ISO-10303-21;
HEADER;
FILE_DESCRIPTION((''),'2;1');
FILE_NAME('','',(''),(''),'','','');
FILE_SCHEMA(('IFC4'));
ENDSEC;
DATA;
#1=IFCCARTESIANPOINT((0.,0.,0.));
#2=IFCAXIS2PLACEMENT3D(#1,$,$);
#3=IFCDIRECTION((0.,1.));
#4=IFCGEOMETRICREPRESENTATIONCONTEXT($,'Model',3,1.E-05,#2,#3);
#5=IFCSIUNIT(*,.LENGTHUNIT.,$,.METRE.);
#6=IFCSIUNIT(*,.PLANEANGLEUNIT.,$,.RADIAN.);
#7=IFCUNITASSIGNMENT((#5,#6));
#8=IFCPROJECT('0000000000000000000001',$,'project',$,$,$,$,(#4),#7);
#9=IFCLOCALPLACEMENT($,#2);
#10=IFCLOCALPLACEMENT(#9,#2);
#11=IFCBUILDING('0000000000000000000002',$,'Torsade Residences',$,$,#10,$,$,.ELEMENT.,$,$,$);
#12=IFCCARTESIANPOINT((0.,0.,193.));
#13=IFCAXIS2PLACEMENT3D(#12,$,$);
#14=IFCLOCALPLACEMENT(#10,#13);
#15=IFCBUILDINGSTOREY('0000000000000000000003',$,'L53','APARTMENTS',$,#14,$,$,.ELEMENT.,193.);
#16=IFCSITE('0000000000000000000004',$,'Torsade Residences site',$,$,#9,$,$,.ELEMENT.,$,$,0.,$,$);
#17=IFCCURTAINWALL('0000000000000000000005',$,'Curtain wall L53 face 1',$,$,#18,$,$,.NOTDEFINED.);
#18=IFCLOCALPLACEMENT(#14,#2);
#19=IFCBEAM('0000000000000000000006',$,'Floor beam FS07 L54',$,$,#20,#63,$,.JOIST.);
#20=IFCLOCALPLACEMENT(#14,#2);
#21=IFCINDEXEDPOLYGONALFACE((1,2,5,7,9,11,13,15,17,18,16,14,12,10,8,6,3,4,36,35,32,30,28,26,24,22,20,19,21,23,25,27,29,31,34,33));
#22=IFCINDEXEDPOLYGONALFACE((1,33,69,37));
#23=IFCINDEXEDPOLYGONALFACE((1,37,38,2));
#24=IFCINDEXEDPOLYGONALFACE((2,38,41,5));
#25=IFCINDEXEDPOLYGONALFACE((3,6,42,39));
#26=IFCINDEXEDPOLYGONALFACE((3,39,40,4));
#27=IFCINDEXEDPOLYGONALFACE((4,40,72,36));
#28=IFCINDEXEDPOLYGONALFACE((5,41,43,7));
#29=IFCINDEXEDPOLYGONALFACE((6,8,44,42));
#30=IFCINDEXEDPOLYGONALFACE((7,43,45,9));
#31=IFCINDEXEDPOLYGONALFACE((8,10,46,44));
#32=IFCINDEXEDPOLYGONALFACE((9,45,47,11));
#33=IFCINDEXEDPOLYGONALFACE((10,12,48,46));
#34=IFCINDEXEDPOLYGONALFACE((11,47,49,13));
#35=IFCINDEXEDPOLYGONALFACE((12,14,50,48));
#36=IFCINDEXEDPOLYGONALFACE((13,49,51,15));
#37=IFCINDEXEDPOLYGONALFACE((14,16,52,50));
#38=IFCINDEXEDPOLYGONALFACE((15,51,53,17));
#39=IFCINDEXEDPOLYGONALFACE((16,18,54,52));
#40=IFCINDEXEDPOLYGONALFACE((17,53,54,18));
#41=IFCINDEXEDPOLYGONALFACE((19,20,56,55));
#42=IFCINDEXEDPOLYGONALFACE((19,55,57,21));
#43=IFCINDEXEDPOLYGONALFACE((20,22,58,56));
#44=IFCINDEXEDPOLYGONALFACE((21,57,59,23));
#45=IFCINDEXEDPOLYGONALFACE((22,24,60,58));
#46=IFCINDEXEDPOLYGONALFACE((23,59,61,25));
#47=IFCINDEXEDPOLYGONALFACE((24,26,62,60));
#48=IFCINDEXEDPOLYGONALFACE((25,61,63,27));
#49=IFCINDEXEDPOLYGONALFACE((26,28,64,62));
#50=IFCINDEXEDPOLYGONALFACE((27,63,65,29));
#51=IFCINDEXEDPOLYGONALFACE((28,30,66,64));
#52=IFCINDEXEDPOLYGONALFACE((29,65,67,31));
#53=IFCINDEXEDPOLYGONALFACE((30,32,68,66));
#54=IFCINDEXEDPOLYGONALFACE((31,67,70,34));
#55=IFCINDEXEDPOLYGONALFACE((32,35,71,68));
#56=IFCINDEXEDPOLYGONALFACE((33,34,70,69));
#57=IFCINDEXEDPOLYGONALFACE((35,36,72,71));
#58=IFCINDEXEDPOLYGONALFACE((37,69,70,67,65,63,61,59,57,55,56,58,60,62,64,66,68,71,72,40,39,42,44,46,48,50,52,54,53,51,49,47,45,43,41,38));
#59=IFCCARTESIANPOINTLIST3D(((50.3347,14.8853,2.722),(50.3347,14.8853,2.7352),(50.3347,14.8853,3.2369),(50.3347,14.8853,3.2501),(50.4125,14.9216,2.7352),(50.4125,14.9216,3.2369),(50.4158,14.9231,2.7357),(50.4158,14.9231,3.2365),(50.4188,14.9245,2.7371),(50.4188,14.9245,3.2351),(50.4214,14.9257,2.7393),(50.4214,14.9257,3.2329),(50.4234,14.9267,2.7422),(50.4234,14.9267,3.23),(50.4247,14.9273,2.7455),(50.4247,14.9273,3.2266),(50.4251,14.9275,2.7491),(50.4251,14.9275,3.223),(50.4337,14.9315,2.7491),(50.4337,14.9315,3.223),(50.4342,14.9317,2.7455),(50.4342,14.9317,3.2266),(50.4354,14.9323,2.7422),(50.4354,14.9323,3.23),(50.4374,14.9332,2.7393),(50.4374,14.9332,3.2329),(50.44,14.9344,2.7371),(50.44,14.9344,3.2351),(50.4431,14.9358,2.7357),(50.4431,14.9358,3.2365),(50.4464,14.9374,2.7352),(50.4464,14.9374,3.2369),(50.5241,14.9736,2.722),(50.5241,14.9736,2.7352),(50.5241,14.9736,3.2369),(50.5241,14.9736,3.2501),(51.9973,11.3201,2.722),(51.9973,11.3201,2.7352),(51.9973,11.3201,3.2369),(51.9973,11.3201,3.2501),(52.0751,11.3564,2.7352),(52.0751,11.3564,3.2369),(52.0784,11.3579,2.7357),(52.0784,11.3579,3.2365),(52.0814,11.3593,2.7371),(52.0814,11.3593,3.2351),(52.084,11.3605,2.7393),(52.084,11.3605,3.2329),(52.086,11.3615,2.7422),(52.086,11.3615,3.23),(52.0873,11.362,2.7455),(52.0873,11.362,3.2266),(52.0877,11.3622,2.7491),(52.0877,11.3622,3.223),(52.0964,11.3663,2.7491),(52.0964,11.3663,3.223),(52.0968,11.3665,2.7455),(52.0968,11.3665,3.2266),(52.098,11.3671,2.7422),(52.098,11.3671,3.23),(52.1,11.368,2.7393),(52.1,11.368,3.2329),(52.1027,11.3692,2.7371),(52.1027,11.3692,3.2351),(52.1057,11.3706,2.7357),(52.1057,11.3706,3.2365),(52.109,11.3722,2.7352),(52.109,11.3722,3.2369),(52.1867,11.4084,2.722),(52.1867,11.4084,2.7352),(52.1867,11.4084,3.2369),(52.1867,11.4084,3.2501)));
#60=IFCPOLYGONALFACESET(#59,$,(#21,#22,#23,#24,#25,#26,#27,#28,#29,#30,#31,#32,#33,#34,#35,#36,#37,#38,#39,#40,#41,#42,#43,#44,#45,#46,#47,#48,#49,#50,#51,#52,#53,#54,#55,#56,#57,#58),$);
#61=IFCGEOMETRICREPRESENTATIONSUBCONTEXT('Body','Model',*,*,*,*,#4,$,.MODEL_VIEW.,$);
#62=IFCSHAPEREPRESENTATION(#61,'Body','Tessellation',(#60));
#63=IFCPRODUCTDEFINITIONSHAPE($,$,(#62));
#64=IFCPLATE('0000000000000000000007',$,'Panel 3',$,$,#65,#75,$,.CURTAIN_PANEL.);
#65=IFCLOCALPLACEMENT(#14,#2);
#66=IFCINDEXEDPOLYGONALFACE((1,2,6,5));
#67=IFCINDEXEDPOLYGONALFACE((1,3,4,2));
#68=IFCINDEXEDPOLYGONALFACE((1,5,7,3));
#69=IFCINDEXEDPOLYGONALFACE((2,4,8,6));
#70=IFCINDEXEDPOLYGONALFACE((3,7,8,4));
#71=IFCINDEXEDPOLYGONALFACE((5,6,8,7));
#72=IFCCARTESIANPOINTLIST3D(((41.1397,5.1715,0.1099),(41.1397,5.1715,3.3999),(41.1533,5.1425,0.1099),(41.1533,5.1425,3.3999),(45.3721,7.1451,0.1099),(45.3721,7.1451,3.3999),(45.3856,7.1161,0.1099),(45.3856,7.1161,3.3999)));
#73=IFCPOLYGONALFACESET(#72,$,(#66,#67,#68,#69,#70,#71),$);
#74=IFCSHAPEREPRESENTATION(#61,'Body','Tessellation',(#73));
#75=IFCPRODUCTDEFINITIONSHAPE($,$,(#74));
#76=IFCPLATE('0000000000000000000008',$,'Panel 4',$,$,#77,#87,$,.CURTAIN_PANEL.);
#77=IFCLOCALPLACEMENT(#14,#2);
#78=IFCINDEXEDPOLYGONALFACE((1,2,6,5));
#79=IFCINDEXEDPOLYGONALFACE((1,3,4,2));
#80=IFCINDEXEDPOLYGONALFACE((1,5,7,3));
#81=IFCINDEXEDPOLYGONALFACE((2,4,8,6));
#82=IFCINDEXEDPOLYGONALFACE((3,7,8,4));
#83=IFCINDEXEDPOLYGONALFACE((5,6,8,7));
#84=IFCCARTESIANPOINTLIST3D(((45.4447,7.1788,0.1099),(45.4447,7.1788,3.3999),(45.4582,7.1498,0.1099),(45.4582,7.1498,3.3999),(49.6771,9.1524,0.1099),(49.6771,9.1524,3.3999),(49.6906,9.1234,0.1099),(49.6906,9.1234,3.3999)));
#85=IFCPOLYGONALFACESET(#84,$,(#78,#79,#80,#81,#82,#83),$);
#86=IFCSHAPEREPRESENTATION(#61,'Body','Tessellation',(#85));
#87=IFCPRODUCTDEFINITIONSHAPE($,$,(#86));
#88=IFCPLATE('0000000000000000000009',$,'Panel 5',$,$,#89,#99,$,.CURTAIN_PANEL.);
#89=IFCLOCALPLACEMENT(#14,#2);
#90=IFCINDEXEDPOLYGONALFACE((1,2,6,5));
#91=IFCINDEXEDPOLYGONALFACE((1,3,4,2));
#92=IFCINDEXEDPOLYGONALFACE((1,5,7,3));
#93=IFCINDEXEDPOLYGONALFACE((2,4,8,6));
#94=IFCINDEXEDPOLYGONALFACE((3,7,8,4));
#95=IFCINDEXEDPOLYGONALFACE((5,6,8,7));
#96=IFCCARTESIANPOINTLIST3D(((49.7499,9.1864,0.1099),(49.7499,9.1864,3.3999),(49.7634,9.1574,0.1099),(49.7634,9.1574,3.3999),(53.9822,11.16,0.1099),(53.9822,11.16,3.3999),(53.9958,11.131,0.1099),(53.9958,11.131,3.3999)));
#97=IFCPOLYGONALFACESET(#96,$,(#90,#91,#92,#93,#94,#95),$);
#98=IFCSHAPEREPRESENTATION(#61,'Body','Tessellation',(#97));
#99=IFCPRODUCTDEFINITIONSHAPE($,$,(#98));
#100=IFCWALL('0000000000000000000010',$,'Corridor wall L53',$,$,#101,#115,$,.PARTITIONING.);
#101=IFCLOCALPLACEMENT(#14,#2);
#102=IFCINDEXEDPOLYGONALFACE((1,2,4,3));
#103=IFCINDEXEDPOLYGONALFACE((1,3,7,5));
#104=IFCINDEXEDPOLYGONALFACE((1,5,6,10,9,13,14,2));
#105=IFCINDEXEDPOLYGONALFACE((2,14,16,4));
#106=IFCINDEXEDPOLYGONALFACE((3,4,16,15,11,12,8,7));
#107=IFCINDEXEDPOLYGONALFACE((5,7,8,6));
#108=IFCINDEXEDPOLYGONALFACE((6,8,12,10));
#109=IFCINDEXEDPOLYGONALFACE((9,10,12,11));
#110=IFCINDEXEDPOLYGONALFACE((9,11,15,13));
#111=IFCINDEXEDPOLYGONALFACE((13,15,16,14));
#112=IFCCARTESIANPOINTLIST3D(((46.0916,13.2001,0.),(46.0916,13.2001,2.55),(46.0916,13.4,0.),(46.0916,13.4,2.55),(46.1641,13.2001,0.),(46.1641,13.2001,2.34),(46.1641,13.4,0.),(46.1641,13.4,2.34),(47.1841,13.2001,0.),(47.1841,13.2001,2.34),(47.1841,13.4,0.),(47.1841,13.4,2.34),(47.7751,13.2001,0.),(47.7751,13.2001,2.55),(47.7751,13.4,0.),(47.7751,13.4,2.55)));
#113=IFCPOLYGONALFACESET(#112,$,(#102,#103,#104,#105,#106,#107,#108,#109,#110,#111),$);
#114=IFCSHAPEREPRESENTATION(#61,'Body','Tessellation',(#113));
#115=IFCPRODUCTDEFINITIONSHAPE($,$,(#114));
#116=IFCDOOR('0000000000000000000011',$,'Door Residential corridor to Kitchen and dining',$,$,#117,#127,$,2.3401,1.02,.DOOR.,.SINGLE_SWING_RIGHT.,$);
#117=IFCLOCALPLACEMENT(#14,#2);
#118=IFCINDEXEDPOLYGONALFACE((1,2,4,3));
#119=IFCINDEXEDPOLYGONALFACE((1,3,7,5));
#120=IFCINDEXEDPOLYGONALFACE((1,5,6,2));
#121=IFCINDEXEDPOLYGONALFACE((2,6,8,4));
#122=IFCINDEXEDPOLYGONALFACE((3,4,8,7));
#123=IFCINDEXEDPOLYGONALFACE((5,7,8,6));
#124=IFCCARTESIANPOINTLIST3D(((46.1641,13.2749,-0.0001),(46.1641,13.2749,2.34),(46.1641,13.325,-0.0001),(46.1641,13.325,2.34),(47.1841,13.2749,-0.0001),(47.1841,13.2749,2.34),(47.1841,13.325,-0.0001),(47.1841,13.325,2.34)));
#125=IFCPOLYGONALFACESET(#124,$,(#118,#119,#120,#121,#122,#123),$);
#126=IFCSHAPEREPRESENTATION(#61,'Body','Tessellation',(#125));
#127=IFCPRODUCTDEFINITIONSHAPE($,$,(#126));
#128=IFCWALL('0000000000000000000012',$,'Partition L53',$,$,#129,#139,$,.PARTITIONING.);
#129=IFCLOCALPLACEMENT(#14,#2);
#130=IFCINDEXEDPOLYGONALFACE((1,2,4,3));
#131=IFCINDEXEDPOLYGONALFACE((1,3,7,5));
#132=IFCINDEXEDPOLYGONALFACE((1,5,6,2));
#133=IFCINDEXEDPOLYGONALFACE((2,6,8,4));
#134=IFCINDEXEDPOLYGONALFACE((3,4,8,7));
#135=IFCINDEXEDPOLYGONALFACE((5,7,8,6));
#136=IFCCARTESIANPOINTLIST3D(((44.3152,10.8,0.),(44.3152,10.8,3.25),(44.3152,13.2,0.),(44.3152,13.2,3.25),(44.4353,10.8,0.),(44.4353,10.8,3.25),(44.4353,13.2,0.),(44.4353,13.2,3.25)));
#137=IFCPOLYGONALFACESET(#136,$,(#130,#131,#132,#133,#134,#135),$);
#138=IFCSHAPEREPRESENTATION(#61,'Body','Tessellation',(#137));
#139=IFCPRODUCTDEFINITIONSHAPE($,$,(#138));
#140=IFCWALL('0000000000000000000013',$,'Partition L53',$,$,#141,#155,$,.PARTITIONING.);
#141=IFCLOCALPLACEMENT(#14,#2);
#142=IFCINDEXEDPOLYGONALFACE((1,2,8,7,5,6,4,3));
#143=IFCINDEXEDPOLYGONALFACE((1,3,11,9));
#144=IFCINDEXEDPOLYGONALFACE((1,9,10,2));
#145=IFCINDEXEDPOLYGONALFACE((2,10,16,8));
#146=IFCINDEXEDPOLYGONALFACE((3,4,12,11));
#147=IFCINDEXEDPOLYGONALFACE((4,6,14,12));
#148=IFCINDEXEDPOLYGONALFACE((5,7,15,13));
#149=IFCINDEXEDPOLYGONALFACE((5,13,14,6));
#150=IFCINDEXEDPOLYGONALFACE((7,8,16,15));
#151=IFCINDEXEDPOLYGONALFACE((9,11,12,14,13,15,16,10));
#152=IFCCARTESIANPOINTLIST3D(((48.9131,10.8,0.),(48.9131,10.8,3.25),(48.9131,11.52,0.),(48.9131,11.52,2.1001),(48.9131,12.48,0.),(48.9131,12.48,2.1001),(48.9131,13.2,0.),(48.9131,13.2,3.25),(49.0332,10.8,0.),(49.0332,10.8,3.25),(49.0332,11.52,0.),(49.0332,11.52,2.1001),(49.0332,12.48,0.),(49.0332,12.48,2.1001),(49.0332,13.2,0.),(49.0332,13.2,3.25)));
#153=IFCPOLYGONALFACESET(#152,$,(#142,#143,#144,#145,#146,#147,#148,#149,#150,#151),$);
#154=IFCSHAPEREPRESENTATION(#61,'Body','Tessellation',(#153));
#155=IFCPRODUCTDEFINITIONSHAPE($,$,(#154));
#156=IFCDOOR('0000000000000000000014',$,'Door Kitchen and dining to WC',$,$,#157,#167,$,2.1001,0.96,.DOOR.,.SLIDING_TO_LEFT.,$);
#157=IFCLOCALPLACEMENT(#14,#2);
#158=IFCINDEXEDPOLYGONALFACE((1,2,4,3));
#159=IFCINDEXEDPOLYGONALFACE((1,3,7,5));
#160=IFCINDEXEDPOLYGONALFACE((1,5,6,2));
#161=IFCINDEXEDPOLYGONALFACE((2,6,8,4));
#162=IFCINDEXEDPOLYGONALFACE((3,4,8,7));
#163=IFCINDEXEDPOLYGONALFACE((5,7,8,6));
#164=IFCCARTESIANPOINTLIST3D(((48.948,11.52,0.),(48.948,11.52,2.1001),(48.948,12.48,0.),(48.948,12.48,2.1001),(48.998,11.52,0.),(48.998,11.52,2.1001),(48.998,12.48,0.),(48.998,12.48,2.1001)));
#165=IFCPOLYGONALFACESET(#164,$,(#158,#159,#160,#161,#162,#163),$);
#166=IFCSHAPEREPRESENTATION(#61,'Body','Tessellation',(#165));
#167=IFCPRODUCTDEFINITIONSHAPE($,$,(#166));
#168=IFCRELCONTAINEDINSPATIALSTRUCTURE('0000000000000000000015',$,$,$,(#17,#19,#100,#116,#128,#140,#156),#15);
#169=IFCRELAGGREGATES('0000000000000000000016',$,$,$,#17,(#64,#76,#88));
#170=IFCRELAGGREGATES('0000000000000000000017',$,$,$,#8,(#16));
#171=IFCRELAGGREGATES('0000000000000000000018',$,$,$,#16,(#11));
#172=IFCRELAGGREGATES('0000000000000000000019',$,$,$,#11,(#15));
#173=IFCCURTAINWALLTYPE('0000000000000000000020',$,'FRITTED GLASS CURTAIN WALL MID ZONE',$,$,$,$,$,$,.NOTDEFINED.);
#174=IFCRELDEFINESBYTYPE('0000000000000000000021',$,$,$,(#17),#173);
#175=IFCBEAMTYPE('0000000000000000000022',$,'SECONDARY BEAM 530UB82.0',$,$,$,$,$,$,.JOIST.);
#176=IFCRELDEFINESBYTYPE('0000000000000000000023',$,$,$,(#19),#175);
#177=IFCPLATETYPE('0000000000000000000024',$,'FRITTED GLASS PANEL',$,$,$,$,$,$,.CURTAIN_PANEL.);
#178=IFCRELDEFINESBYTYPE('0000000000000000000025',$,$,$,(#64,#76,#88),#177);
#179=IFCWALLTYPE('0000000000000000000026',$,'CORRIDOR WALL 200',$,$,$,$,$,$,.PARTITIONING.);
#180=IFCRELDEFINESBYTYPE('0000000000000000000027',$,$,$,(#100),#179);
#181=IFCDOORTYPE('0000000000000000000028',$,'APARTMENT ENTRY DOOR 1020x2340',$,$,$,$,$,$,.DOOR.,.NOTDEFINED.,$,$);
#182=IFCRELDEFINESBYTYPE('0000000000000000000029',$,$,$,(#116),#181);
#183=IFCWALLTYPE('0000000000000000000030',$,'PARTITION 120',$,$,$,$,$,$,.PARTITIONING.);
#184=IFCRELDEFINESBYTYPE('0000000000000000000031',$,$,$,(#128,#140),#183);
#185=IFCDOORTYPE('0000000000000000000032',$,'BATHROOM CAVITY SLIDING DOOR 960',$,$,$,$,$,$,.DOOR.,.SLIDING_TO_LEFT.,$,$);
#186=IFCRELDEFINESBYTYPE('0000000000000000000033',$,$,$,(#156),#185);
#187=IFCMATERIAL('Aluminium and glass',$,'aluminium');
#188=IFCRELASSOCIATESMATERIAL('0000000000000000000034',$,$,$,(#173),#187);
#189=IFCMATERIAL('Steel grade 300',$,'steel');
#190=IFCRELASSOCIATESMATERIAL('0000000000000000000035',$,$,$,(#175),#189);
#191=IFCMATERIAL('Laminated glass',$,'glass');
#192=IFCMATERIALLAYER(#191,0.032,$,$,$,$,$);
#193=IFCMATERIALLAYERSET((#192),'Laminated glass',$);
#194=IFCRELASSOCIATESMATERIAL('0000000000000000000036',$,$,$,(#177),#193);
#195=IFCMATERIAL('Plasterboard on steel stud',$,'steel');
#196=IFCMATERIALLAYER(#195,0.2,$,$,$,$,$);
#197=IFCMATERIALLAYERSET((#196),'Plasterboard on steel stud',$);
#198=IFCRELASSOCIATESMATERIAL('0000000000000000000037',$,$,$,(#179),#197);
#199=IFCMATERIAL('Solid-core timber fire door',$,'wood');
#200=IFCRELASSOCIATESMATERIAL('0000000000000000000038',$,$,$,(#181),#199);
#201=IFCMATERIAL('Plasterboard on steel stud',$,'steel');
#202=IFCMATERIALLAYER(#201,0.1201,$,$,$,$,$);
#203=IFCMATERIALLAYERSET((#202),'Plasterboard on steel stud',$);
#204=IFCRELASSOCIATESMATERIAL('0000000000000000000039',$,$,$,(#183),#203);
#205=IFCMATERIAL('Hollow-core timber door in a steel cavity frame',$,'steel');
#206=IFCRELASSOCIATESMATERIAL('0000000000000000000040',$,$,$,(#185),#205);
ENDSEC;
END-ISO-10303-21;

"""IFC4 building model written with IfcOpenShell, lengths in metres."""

from ifc_helpers import new_model, si_unit, direction, frame, frame_2d, origin, origin_2d, place, context, subcontext, project, spatial, rectangle, i_section, extrude, material, layer, layer_set, material_profile, profile_set, type_object, element, fill, aggregate, save


model = new_model("IFC4")

# Units and contexts
model_context = context("Model", 3, precision=1e-05, world=origin(), true_north=direction((0.0, 1.0)))
body_context = subcontext(model_context, "Body", "Model", "MODEL_VIEW")
ifc_project = project(units=[si_unit("LENGTHUNIT", "METRE"), si_unit("PLANEANGLEUNIT", "RADIAN")], contexts=[model_context])

# Site, building, storey
site_placement = place(None, origin())
site = spatial("IfcSite", under=ifc_project, at=site_placement, Name="Torsade Residences site", CompositionType="ELEMENT", RefElevation=0.0)
building_placement = place(site_placement, origin())
building = spatial("IfcBuilding", under=site, at=building_placement, Name="Torsade Residences", CompositionType="ELEMENT")
storey_placement = place(building_placement, frame((0.0, 0.0, 193.0)))
storey = spatial("IfcBuildingStorey", under=building, at=storey_placement, Name="L53", Description="APARTMENTS", CompositionType="ELEMENT", Elevation=193.0)

# Curtain wall
ifc_material_1 = material(Name="Aluminium and glass", Category="aluminium")
curtain_wall_type = type_object("IfcCurtainWallType", Name="FRITTED GLASS CURTAIN WALL MID ZONE", PredefinedType="NOTDEFINED", material=ifc_material_1)
curtain_wall_placement = place(storey_placement, origin())
curtain_wall = element("IfcCurtainWall", 1, at=curtain_wall_placement, inside=storey, type_object=curtain_wall_type, Name="Curtain wall L53 face 1", PredefinedType="NOTDEFINED")

# Beam
ifc_material_2 = material(Name="Steel grade 300", Category="steel")
ifc_material_profile_1 = material_profile(ifc_material_2, i_section(OverallWidth=0.209, OverallDepth=0.5281, WebThickness=0.0095, FlangeThickness=0.0132, FilletRadius=0.0139, at=origin_2d()), Name="530UB82.0")
ifc_profile_set_1 = profile_set([ifc_material_profile_1], Name="Steel grade 300")
beam_type_1 = type_object("IfcBeamType", Name="SECONDARY BEAM 530UB82.0", PredefinedType="JOIST", material=ifc_profile_set_1)
beam_1_placement = place(storey_placement, frame((52.092, 11.3643, 2.9861), z_axis=(-0.422644, 0.906296, 0.0), x_axis=(-0.906296, -0.422644, 0.0)))
element("IfcBeam", 2, at=beam_1_placement, inside=storey, type_object=beam_type_1, Name="Floor beam FS07 L54", PredefinedType="JOIST", context=body_context, shape_type="SweptSolid", body=[
    extrude(i_section(OverallWidth=0.209, OverallDepth=0.5281, WebThickness=0.0095, FlangeThickness=0.0132, FilletRadius=0.0139, at=origin_2d()), origin(), (0.0, 0.0, 1.0), 3.9338),
])

# Plates
ifc_material_3 = material(Name="Laminated glass", Category="glass")
ifc_layer_1 = layer(ifc_material_3, 0.032)
ifc_layer_set_1 = layer_set([ifc_layer_1], Name="Laminated glass")
plate_type = type_object("IfcPlateType", Name="FRITTED GLASS PANEL", PredefinedType="CURTAIN_PANEL", material=ifc_layer_set_1)
plate_1_placement = place(storey_placement, frame((43.2627, 6.1438, 0.1099), z_axis=(0.0, 0.0, 1.0), x_axis=(0.906308, 0.422618, 0.0)))
plate_1 = element("IfcPlate", 3, at=plate_1_placement, type_object=plate_type, Name="Panel 3", PredefinedType="CURTAIN_PANEL", context=body_context, shape_type="SweptSolid", body=[
    extrude(rectangle(XDim=4.6699, YDim=0.032, at=origin_2d()), origin(), (0.0, 0.0, 1.0), 3.29),
])
plate_2_placement = place(storey_placement, frame((47.5676, 8.1511, 0.1099), z_axis=(0.0, 0.0, 1.0), x_axis=(0.906308, 0.422618, 0.0)))
plate_2 = element("IfcPlate", 4, at=plate_2_placement, type_object=plate_type, Name="Panel 4", PredefinedType="CURTAIN_PANEL", context=body_context, shape_type="SweptSolid", body=[
    extrude(rectangle(XDim=4.6699, YDim=0.032, at=origin_2d()), origin(), (0.0, 0.0, 1.0), 3.29),
])
plate_3_placement = place(storey_placement, frame((51.8728, 10.1587, 0.1099), z_axis=(0.0, 0.0, 1.0), x_axis=(0.906308, 0.422618, 0.0)))
plate_3 = element("IfcPlate", 5, at=plate_3_placement, type_object=plate_type, Name="Panel 5", PredefinedType="CURTAIN_PANEL", context=body_context, shape_type="SweptSolid", body=[
    extrude(rectangle(XDim=4.6699, YDim=0.032, at=origin_2d()), origin(), (0.0, 0.0, 1.0), 3.29),
])
aggregate(curtain_wall, [plate_1, plate_2, plate_3])

# Wall, opening, door
ifc_material_4 = material(Name="Plasterboard on steel stud", Category="steel")
ifc_layer_2 = layer(ifc_material_4, 0.2)
ifc_layer_set_2 = layer_set([ifc_layer_2], Name="Plasterboard on steel stud")
wall_type_1 = type_object("IfcWallType", Name="CORRIDOR WALL 200", PredefinedType="PARTITIONING", material=ifc_layer_set_2)
wall_1_placement = place(storey_placement, frame((46.0916, 13.3, 0.0), z_axis=(0.0, 0.0, 1.0), x_axis=(1.0, 0.0, 0.0)))
wall_1 = element("IfcWall", 6, at=wall_1_placement, inside=storey, type_object=wall_type_1, Name="Corridor wall L53", PredefinedType="PARTITIONING", context=body_context, shape_type="SweptSolid", body=[
    extrude(rectangle(XDim=1.6836, YDim=0.2, at=frame_2d((0.8418, 0.0))), origin(), (0.0, 0.0, 1.0), 2.55),
])
opening_1_placement = place(wall_1_placement, frame((0.0725, 0.0, 0.0)))
opening_1 = element("IfcOpeningElement", 7, at=opening_1_placement, cuts=wall_1, PredefinedType="OPENING", context=body_context, shape_type="SweptSolid", body=[
    extrude(rectangle(XDim=1.02, YDim=2.3401, at=frame_2d((0.51, 1.1699))), frame((0.0, 0.1099, 0.0), z_axis=(0.0, -1.0, 0.0), x_axis=(1.0, 0.0, 0.0)), (0.0, 0.0, 1.0), 0.22),
])
ifc_material_5 = material(Name="Solid-core timber fire door", Category="wood")
door_type_1 = type_object("IfcDoorType", Name="APARTMENT ENTRY DOOR 1020x2340", OperationType="NOTDEFINED", PredefinedType="DOOR", material=ifc_material_5)
door_1_placement = place(opening_1_placement, origin())
door_1 = element("IfcDoor", 8, at=door_1_placement, inside=storey, type_object=door_type_1, Name="Door Residential corridor to Kitchen and dining", OperationType="SINGLE_SWING_RIGHT", OverallHeight=2.3401, OverallWidth=1.02, PredefinedType="DOOR", context=body_context, shape_type="SweptSolid", body=[
    extrude(rectangle(XDim=1.02, YDim=2.3401, at=frame_2d((0.51, 1.1699))), frame((0.0, 0.0249, 0.0), z_axis=(0.0, -1.0, 0.0), x_axis=(1.0, 0.0, 0.0)), (0.0, 0.0, 1.0), 0.05),
])
fill(opening_1, door_1)

# Wall
ifc_material_6 = material(Name="Plasterboard on steel stud", Category="steel")
ifc_layer_3 = layer(ifc_material_6, 0.1201)
ifc_layer_set_3 = layer_set([ifc_layer_3], Name="Plasterboard on steel stud")
wall_type_2 = type_object("IfcWallType", Name="PARTITION 120", PredefinedType="PARTITIONING", material=ifc_layer_set_3)
wall_2_placement = place(storey_placement, frame((44.3752, 10.8, 0.0), z_axis=(0.0, 0.0, 1.0), x_axis=(0.0, 1.0, 0.0)))
element("IfcWall", 9, at=wall_2_placement, inside=storey, type_object=wall_type_2, Name="Partition L53", PredefinedType="PARTITIONING", context=body_context, shape_type="SweptSolid", body=[
    extrude(rectangle(XDim=2.3999, YDim=0.1201, at=frame_2d((1.2, 0.0))), origin(), (0.0, 0.0, 1.0), 3.25),
])

# Wall, opening, door
wall_3_placement = place(storey_placement, frame((48.9731, 13.2, 0.0), z_axis=(0.0, 0.0, 1.0), x_axis=(0.0, -1.0, 0.0)))
wall_3 = element("IfcWall", 10, at=wall_3_placement, inside=storey, type_object=wall_type_2, Name="Partition L53", PredefinedType="PARTITIONING", context=body_context, shape_type="SweptSolid", body=[
    extrude(rectangle(XDim=2.3999, YDim=0.1201, at=frame_2d((1.2, 0.0))), origin(), (0.0, 0.0, 1.0), 3.25),
])
opening_2_placement = place(wall_3_placement, frame((0.72, 0.0, 0.0)))
opening_2 = element("IfcOpeningElement", 11, at=opening_2_placement, cuts=wall_3, PredefinedType="OPENING", context=body_context, shape_type="SweptSolid", body=[
    extrude(rectangle(XDim=0.96, YDim=2.1001, at=frame_2d((0.48, 1.05))), frame((0.0, 0.0701, 0.0), z_axis=(0.0, -1.0, 0.0), x_axis=(1.0, 0.0, 0.0)), (0.0, 0.0, 1.0), 0.1401),
])
ifc_material_7 = material(Name="Hollow-core timber door in a steel cavity frame", Category="steel")
door_type_2 = type_object("IfcDoorType", Name="BATHROOM CAVITY SLIDING DOOR 960", OperationType="SLIDING_TO_LEFT", PredefinedType="DOOR", material=ifc_material_7)
door_2_placement = place(opening_2_placement, origin())
door_2 = element("IfcDoor", 12, at=door_2_placement, inside=storey, type_object=door_type_2, Name="Door Kitchen and dining to WC", OperationType="SLIDING_TO_LEFT", OverallHeight=2.1001, OverallWidth=0.96, PredefinedType="DOOR", context=body_context, shape_type="SweptSolid", body=[
    extrude(rectangle(XDim=0.96, YDim=2.1001, at=frame_2d((0.48, 1.05))), frame((0.0, 0.0249, 0.0), z_axis=(0.0, -1.0, 0.0), x_axis=(1.0, 0.0, 0.0)), (0.0, 0.0, 1.0), 0.05),
])
fill(opening_2, door_2)

save(model, "model.ifc")
